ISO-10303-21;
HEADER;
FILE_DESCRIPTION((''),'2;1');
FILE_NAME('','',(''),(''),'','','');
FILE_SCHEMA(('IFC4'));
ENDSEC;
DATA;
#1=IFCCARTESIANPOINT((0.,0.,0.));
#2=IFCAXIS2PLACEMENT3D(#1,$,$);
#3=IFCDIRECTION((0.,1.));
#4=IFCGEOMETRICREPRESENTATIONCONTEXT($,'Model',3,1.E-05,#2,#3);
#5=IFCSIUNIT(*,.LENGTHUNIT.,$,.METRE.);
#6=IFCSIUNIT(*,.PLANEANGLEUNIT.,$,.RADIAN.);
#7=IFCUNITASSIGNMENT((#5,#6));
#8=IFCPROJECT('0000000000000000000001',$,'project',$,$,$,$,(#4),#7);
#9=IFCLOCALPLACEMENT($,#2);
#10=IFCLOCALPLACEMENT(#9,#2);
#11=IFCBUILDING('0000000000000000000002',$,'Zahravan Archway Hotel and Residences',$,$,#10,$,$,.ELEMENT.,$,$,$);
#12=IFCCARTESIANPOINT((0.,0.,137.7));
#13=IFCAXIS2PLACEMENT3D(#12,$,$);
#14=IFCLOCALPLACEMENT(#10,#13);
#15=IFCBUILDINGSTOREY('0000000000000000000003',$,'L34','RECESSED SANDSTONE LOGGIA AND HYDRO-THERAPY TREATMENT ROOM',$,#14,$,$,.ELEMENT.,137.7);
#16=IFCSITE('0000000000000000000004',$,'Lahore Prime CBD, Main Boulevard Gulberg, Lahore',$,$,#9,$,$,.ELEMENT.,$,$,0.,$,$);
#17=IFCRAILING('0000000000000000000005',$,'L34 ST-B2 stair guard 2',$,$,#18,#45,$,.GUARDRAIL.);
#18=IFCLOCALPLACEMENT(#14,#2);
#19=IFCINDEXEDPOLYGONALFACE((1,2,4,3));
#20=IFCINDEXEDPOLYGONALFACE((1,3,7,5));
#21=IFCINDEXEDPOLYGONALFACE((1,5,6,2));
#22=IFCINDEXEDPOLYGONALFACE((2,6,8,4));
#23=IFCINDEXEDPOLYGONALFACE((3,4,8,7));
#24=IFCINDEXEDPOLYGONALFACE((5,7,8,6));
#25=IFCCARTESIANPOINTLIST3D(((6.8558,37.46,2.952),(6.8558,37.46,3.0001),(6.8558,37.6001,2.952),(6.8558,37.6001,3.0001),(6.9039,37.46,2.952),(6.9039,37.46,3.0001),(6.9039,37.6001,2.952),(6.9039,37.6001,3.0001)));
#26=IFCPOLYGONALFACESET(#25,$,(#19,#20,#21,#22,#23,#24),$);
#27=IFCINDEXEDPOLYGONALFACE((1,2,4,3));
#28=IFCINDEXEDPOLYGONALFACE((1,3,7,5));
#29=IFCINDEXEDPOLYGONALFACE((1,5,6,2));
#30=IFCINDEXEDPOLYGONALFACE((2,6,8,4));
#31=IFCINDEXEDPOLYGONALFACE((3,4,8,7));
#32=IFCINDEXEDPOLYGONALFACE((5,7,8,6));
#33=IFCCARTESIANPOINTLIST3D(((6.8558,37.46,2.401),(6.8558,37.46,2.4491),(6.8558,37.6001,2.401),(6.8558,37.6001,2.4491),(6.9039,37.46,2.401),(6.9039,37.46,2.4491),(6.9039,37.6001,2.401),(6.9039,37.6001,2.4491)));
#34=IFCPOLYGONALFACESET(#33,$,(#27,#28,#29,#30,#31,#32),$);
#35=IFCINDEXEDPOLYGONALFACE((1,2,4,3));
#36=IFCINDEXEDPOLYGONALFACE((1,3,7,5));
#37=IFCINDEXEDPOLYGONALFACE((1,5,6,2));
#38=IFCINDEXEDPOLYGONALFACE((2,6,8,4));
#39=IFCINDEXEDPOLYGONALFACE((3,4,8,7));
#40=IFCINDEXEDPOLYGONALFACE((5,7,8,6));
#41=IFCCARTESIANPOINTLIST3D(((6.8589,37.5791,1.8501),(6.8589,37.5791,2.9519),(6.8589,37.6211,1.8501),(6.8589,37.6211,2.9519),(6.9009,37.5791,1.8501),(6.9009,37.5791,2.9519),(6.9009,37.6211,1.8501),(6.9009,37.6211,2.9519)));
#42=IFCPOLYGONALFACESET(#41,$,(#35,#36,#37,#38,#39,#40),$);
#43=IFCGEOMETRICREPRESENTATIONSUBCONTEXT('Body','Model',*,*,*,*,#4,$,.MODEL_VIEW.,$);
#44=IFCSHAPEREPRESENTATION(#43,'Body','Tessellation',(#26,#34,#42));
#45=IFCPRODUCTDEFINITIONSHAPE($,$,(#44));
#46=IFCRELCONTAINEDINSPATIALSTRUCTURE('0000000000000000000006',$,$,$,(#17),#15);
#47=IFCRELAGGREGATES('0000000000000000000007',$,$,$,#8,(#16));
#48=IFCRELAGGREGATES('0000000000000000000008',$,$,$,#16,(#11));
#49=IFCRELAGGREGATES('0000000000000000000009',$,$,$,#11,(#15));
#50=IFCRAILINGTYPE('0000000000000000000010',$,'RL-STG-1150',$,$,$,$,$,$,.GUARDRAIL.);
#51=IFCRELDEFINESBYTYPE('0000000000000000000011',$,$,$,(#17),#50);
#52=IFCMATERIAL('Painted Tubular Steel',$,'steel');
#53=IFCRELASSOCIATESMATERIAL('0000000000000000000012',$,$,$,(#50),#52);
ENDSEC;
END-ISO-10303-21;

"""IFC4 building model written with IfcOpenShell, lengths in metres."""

from ifc_helpers import new_model, si_unit, direction, frame, origin, origin_2d, place, context, subcontext, project, spatial, rectangle, extrude, material, type_object, element, save


model = new_model("IFC4")

# Units and contexts
model_context = context("Model", 3, precision=1e-05, world=origin(), true_north=direction((0.0, 1.0)))
body_context = subcontext(model_context, "Body", "Model", "MODEL_VIEW")
ifc_project = project(units=[si_unit("LENGTHUNIT", "METRE"), si_unit("PLANEANGLEUNIT", "RADIAN")], contexts=[model_context])

# Site, building, storey
site_placement = place(None, origin())
site = spatial("IfcSite", under=ifc_project, at=site_placement, Name="Lahore Prime CBD, Main Boulevard Gulberg, Lahore", CompositionType="ELEMENT", RefElevation=0.0)
building_placement = place(site_placement, origin())
building = spatial("IfcBuilding", under=site, at=building_placement, Name="Zahravan Archway Hotel and Residences", CompositionType="ELEMENT")
storey_placement = place(building_placement, frame((0.0, 0.0, 137.7)))
storey = spatial("IfcBuildingStorey", under=building, at=storey_placement, Name="L34", Description="RECESSED SANDSTONE LOGGIA AND HYDRO-THERAPY TREATMENT ROOM", CompositionType="ELEMENT", Elevation=137.7)

# Railing
ifc_material_1 = material(Name="Painted Tubular Steel", Category="steel")
railing_type_1 = type_object("IfcRailingType", Name="RL-STG-1150", PredefinedType="GUARDRAIL", material=ifc_material_1)
railing_1_placement = place(storey_placement, frame((6.8799, 37.6001, 1.8501)))
element("IfcRailing", 1, at=railing_1_placement, inside=storey, type_object=railing_type_1, Name="L34 ST-B2 stair guard 2", PredefinedType="GUARDRAIL", context=body_context, shape_type="SweptSolid", body=[
    extrude(rectangle(XDim=0.0481, YDim=0.0481, at=origin_2d()), frame((0.0, 0.0, 1.126), z_axis=(0.0, -1.0, 0.0), x_axis=(1.0, 0.0, 0.0)), (0.0, 0.0, 1.0), 0.1401),
    extrude(rectangle(XDim=0.0481, YDim=0.0481, at=origin_2d()), frame((0.0, 0.0, 0.575), z_axis=(0.0, -1.0, 0.0), x_axis=(1.0, 0.0, 0.0)), (0.0, 0.0, 1.0), 0.1401),
    extrude(rectangle(XDim=0.042, YDim=0.042, at=origin_2d()), origin(), (0.0, 0.0, 1.0), 1.1018),
])

save(model, "model.ifc")
